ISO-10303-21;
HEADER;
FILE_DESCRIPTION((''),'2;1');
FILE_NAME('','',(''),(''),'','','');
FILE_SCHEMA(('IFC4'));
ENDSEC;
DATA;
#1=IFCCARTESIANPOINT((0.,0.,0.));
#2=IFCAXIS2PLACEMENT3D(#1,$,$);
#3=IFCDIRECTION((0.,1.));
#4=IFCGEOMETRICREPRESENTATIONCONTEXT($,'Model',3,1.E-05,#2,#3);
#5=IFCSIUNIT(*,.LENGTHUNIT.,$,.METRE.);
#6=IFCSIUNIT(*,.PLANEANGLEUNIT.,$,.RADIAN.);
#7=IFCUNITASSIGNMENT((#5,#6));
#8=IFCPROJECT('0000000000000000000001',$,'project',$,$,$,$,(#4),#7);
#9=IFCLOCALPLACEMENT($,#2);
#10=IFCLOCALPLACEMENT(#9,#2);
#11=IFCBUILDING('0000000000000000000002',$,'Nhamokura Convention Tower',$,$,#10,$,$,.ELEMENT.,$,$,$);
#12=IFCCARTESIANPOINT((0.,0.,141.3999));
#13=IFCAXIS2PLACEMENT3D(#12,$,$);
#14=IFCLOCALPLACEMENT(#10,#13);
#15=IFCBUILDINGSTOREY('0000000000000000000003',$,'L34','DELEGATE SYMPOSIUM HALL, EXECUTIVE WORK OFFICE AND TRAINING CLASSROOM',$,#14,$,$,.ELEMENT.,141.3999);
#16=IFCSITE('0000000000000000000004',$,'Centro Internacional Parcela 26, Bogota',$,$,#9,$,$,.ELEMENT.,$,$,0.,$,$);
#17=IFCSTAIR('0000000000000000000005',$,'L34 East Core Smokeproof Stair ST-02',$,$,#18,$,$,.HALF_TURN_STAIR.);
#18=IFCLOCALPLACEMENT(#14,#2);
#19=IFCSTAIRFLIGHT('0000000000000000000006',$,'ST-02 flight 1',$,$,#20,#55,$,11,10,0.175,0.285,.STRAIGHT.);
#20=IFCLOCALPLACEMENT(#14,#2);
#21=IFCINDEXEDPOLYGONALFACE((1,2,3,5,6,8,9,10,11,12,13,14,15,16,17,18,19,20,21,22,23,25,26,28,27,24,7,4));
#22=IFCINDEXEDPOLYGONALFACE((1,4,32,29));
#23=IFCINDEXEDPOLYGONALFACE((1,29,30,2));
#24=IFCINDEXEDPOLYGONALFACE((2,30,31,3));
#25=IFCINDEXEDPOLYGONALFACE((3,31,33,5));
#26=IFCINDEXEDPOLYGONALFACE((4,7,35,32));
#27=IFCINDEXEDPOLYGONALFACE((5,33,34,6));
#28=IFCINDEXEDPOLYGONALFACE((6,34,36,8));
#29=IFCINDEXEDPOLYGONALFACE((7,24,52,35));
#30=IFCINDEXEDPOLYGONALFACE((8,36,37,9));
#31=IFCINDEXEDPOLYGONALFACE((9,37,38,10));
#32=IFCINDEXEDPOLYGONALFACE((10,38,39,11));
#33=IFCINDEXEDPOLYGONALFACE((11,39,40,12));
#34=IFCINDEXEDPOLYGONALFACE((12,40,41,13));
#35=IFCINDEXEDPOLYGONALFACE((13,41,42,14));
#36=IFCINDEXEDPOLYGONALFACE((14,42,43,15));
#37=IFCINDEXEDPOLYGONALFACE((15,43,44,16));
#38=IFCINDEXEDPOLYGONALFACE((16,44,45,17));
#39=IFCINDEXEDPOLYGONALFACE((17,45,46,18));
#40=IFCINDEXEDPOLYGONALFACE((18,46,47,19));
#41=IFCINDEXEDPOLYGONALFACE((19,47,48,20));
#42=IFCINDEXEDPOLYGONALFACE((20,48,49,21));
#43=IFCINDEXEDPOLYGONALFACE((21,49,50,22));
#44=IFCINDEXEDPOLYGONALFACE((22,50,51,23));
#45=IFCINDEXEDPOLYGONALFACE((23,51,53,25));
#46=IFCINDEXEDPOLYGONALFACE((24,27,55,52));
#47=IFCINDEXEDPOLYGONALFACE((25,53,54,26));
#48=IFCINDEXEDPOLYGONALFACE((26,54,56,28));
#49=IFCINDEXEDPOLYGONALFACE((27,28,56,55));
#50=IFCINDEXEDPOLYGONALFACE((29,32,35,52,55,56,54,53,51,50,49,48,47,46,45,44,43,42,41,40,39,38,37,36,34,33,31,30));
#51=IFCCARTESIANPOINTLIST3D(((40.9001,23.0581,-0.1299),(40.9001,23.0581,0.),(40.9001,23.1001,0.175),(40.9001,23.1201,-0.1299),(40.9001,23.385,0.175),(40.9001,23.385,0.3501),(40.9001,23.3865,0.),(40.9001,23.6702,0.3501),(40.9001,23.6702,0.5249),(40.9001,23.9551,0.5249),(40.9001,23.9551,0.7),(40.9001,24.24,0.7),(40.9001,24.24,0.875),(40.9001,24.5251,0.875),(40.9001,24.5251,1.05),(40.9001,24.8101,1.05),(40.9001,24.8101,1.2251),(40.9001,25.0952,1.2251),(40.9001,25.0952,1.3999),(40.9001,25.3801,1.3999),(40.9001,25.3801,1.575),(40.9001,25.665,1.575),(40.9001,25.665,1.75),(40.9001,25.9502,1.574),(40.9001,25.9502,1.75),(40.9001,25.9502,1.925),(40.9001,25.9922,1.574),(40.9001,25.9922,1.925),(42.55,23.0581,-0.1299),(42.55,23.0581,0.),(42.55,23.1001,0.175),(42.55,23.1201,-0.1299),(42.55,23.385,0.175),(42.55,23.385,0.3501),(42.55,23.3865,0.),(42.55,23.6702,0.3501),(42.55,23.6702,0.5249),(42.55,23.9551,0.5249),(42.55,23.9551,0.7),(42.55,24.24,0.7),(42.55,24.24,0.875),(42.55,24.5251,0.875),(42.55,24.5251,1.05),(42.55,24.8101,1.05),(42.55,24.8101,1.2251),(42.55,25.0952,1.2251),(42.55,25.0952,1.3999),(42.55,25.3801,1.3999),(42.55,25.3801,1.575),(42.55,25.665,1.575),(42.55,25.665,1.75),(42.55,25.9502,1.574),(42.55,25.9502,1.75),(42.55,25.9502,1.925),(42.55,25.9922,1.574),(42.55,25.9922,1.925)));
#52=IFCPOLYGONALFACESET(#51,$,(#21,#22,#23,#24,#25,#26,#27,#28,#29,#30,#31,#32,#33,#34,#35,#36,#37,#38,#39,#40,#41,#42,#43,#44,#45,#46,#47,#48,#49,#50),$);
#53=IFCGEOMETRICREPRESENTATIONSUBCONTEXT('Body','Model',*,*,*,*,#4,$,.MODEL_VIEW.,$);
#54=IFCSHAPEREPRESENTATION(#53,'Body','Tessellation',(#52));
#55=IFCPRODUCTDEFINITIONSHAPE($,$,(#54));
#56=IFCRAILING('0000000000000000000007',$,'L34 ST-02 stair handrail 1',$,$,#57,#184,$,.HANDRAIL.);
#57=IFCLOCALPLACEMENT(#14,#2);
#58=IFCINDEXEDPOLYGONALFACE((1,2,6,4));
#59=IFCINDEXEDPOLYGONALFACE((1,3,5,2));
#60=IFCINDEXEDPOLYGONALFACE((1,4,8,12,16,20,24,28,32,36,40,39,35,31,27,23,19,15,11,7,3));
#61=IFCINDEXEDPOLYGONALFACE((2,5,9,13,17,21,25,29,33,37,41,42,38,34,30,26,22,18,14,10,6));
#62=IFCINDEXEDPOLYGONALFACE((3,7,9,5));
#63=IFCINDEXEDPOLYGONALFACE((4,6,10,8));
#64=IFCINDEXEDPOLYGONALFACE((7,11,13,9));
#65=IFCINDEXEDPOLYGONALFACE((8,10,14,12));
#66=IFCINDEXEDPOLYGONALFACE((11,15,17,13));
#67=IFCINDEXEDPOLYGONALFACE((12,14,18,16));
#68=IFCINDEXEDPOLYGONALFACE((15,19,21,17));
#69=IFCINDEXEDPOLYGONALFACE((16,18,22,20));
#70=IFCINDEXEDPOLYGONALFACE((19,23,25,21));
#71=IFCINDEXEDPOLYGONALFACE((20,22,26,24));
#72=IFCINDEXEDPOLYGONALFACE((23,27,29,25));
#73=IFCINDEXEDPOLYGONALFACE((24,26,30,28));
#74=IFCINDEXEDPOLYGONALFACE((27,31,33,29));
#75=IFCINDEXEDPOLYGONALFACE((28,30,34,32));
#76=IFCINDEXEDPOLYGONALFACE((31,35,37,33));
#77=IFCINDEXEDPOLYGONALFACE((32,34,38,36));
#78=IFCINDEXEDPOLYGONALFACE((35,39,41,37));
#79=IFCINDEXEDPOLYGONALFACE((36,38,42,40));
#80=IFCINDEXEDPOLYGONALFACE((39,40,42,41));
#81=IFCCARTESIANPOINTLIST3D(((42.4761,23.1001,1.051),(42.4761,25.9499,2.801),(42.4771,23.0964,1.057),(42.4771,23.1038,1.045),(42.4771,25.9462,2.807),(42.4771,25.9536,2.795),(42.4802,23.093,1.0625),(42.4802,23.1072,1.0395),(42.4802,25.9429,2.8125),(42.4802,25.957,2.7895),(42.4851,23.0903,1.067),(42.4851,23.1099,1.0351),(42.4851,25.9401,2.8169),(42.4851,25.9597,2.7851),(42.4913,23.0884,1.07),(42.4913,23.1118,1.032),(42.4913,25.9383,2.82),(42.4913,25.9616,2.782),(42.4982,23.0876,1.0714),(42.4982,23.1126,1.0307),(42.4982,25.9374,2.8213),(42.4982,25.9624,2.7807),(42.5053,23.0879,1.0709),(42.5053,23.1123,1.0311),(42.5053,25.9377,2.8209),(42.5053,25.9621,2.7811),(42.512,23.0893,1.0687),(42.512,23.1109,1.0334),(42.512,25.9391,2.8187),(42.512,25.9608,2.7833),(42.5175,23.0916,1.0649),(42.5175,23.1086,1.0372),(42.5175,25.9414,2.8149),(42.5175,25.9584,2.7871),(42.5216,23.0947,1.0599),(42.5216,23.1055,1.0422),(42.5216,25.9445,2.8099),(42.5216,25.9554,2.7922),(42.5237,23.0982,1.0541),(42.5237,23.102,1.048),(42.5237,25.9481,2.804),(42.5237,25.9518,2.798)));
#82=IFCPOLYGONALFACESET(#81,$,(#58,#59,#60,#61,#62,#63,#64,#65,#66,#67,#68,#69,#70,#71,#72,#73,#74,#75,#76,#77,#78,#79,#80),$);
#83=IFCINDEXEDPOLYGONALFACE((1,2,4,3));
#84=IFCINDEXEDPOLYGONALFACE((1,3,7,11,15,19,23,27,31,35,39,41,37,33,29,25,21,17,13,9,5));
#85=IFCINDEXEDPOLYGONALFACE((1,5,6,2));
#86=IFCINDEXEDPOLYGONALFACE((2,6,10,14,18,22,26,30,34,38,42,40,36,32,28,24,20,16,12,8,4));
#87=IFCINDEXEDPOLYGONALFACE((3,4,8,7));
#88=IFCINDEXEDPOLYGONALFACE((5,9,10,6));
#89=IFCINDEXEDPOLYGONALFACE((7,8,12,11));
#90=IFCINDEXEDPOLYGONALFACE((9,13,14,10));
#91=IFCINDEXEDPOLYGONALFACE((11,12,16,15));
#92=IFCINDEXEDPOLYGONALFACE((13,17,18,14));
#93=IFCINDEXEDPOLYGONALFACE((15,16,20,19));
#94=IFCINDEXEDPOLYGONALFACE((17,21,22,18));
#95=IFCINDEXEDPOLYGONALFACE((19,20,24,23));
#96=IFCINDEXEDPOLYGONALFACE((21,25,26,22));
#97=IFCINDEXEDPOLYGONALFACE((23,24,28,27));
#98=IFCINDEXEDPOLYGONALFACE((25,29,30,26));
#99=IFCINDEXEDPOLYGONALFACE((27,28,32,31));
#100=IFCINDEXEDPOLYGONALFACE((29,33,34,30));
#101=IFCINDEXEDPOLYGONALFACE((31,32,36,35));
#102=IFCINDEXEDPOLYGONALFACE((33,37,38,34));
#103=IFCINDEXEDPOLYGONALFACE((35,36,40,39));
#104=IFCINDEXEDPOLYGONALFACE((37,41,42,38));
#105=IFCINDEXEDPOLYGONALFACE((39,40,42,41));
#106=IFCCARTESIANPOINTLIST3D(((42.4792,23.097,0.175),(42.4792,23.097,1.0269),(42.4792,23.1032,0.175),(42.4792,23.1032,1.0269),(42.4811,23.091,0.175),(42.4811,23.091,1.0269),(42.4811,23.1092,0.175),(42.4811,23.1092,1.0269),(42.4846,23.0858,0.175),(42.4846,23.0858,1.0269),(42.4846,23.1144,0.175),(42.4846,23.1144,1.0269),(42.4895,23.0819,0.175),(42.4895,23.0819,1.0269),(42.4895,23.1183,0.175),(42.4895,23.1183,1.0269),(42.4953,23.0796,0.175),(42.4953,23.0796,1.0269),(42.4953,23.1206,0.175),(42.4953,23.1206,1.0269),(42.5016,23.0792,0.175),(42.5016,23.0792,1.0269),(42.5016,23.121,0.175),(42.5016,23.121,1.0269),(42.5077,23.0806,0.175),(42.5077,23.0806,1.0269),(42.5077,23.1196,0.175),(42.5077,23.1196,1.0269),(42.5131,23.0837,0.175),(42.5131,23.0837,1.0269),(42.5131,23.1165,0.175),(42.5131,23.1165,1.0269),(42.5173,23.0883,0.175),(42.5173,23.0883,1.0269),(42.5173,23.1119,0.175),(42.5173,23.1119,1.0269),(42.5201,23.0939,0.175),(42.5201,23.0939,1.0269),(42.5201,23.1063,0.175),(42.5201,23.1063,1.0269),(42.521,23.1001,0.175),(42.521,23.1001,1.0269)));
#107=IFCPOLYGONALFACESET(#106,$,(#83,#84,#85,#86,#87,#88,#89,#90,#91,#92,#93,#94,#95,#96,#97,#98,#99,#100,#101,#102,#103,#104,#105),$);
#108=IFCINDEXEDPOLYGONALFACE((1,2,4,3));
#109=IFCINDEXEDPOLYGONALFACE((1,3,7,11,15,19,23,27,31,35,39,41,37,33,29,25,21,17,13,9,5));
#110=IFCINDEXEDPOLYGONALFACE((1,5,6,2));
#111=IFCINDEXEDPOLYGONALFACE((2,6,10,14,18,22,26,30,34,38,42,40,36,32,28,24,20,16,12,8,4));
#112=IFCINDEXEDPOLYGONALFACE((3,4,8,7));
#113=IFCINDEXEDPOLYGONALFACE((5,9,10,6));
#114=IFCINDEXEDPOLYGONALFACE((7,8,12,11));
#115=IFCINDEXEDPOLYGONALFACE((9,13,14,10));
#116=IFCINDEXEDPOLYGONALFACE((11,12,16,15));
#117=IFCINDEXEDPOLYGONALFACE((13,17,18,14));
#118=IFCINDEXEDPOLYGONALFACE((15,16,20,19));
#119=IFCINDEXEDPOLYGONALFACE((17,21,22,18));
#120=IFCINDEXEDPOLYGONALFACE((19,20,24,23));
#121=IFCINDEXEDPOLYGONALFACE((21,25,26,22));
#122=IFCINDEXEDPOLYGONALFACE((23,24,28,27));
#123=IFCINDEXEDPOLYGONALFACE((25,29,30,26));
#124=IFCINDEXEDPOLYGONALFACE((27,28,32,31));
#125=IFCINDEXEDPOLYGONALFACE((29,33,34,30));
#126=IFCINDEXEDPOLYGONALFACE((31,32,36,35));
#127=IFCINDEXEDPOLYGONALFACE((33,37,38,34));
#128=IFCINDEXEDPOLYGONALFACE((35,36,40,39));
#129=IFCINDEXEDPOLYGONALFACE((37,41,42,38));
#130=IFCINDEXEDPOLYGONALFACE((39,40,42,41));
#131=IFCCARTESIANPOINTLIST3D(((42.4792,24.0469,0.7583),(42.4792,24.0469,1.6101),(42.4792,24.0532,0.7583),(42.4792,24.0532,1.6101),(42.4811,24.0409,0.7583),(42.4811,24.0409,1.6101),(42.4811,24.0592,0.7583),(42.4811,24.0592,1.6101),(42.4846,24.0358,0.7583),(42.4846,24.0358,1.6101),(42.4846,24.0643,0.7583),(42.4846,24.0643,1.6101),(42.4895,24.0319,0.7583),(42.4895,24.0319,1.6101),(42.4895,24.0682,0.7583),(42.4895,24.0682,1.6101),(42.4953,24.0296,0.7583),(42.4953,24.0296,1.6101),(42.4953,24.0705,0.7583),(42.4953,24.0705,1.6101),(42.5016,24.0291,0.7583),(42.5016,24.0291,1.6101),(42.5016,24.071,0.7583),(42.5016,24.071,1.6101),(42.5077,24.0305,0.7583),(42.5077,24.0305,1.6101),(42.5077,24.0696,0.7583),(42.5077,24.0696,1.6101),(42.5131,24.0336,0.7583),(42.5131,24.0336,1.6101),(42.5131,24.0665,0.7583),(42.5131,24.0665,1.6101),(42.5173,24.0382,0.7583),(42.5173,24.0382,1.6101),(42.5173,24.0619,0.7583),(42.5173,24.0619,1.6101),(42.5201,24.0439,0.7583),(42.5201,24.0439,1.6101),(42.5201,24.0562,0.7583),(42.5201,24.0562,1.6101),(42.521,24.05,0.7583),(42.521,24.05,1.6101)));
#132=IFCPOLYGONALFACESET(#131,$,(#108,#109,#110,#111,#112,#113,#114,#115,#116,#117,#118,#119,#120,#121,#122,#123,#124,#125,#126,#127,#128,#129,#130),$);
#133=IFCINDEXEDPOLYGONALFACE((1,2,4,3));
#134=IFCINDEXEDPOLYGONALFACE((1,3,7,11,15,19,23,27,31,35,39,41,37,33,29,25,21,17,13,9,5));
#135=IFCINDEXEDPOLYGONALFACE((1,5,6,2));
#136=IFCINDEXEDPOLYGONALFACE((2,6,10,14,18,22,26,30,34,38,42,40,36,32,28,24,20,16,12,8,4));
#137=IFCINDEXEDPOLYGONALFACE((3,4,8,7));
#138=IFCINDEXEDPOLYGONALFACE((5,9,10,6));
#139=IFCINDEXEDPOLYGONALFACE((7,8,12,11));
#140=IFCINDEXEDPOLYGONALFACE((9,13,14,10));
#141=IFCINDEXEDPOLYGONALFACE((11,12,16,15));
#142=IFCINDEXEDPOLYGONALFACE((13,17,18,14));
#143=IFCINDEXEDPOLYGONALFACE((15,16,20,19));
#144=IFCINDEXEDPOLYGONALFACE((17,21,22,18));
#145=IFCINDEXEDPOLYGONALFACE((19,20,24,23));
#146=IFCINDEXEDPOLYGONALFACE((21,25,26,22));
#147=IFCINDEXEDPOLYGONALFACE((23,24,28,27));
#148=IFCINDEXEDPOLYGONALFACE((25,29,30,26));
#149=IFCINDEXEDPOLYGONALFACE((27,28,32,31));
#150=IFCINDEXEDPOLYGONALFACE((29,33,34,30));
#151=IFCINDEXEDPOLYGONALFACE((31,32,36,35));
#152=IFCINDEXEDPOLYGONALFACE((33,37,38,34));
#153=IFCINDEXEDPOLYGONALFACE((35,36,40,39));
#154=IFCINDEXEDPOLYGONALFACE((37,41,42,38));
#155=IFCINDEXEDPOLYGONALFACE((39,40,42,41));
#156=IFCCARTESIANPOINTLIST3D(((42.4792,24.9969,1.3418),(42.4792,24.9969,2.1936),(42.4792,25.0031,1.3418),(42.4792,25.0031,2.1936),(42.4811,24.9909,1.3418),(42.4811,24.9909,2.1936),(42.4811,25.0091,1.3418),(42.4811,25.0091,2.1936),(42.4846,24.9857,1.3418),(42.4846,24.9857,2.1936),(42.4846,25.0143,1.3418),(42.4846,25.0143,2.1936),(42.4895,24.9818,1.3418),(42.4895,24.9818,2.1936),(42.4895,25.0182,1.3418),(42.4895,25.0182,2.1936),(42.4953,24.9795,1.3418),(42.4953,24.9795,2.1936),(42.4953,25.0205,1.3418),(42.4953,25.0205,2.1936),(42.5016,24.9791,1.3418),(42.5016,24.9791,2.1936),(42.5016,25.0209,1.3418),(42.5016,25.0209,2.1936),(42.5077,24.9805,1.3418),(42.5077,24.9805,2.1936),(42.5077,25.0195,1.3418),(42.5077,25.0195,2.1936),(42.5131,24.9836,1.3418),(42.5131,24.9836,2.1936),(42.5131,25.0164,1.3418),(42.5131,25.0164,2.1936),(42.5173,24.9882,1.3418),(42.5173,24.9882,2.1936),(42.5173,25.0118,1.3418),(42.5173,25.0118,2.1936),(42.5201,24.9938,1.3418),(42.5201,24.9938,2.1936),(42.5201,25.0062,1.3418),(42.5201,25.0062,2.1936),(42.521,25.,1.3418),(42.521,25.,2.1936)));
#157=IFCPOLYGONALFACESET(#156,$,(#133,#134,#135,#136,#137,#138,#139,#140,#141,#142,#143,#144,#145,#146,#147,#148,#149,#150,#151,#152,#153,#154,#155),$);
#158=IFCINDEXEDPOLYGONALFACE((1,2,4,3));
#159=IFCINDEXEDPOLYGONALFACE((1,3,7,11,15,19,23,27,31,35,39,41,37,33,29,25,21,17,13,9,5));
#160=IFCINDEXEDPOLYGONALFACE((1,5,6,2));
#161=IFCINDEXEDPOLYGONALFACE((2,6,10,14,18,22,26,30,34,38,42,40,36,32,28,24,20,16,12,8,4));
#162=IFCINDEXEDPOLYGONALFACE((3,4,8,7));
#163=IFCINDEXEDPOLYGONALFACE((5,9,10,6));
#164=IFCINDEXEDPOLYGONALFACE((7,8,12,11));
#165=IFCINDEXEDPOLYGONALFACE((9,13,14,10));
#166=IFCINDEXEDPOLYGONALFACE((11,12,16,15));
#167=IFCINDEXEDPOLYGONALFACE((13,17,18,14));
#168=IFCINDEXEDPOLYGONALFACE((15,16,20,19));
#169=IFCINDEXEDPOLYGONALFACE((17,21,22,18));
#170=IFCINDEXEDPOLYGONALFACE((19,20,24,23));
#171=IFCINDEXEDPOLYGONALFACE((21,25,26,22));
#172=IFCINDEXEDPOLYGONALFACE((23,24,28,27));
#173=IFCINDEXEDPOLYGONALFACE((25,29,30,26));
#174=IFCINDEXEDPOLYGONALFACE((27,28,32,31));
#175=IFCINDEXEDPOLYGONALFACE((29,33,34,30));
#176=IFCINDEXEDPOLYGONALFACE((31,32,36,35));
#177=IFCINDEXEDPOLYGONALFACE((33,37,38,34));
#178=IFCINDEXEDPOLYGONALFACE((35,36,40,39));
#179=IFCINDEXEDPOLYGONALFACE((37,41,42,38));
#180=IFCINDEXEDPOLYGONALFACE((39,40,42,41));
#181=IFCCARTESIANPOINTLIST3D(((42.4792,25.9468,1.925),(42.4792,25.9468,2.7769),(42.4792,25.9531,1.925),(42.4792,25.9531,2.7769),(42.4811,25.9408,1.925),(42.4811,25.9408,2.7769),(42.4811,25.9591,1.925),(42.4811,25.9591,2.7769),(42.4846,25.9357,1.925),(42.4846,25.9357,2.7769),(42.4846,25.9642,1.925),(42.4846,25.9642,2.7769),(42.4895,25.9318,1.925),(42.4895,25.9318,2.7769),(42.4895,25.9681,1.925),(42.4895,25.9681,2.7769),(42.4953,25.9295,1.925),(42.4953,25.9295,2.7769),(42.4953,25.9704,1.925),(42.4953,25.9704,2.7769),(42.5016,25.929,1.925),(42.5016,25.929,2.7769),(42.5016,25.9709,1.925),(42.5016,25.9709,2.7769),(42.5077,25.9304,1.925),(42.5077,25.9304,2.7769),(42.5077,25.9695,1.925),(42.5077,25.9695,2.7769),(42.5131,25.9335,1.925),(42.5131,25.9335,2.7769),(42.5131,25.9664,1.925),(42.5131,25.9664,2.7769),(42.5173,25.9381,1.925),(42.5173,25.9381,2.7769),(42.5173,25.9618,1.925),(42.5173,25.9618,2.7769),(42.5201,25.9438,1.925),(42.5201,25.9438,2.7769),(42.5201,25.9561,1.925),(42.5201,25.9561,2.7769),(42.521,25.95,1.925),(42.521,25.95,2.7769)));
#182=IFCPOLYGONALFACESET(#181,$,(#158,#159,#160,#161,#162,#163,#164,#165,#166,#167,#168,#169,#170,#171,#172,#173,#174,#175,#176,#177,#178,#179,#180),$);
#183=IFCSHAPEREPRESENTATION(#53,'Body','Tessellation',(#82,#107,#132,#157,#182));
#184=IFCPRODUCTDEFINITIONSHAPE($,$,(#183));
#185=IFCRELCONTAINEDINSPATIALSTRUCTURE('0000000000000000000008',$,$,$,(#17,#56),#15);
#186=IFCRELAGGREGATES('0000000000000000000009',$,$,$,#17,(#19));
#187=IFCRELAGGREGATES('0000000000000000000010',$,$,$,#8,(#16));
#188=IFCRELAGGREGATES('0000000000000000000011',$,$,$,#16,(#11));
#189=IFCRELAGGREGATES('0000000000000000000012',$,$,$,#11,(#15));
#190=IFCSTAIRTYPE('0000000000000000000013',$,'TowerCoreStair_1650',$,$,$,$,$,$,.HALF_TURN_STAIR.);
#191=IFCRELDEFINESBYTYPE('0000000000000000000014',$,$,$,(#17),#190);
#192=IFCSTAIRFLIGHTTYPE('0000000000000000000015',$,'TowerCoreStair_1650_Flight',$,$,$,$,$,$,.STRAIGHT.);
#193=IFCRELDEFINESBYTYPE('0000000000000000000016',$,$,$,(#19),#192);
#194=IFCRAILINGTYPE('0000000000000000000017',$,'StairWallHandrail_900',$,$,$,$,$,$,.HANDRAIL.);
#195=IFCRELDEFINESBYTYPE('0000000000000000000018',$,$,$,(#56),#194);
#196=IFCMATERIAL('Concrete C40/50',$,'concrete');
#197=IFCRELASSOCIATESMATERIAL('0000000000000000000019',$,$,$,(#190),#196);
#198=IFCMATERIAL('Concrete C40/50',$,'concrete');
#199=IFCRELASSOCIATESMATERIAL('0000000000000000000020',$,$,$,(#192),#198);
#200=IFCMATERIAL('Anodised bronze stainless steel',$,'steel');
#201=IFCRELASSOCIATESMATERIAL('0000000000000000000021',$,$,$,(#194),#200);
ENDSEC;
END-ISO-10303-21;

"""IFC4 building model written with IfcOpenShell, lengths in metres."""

from ifc_helpers import new_model, si_unit, direction, frame, origin, origin_2d, place, context, subcontext, project, spatial, polyline, circle, outline, extrude, material, type_object, element, aggregate, save


model = new_model("IFC4")

# Units and contexts
model_context = context("Model", 3, precision=1e-05, world=origin(), true_north=direction((0.0, 1.0)))
body_context = subcontext(model_context, "Body", "Model", "MODEL_VIEW")
ifc_project = project(units=[si_unit("LENGTHUNIT", "METRE"), si_unit("PLANEANGLEUNIT", "RADIAN")], contexts=[model_context])

# Site, building, storey
site_placement = place(None, origin())
site = spatial("IfcSite", under=ifc_project, at=site_placement, Name="Centro Internacional Parcela 26, Bogota", CompositionType="ELEMENT", RefElevation=0.0)
building_placement = place(site_placement, origin())
building = spatial("IfcBuilding", under=site, at=building_placement, Name="Nhamokura Convention Tower", CompositionType="ELEMENT")
storey_placement = place(building_placement, frame((0.0, 0.0, 141.3999)))
storey = spatial("IfcBuildingStorey", under=building, at=storey_placement, Name="L34", Description="DELEGATE SYMPOSIUM HALL, EXECUTIVE WORK OFFICE AND TRAINING CLASSROOM", CompositionType="ELEMENT", Elevation=141.3999)

# Stair, stair flight
ifc_material_1 = material(Name="Concrete C40/50", Category="concrete")
stair_type = type_object("IfcStairType", Name="TowerCoreStair_1650", PredefinedType="HALF_TURN_STAIR", material=ifc_material_1)
stair_placement = place(storey_placement, origin())
stair = element("IfcStair", 1, at=stair_placement, inside=storey, type_object=stair_type, Name="L34 East Core Smokeproof Stair ST-02", PredefinedType="HALF_TURN_STAIR")
ifc_material_2 = material(Name="Concrete C40/50", Category="concrete")
stair_flight_type = type_object("IfcStairFlightType", Name="TowerCoreStair_1650_Flight", PredefinedType="STRAIGHT", material=ifc_material_2)
stair_flight_placement = place(storey_placement, frame((41.7251, 23.1001, 0.0), z_axis=(0.0, 0.0, 1.0), x_axis=(0.0, 1.0, 0.0)))
stair_flight = element("IfcStairFlight", 2, at=stair_flight_placement, type_object=stair_flight_type, Name="ST-02 flight 1", NumberOfRisers=11, NumberOfTreads=10, PredefinedType="STRAIGHT", RiserHeight=0.175, TreadLength=0.285, context=body_context, shape_type="SweptSolid", body=[
    extrude(outline(polyline([(-0.042, 0.0), (0.0, 0.175), (0.2849, 0.175), (0.2849, 0.3501), (0.5701, 0.3501), (0.5701, 0.5249), (0.855, 0.5249), (0.855, 0.7), (1.1399, 0.7), (1.1399, 0.875), (1.425, 0.875), (1.425, 1.05), (1.71, 1.05), (1.71, 1.2251), (1.9951, 1.2251), (1.9951, 1.3999), (2.28, 1.3999), (2.28, 1.575), (2.5649, 1.575), (2.5649, 1.75), (2.8501, 1.75), (2.8501, 1.925), (2.8921, 1.925), (2.8921, 1.574), (2.8501, 1.574), (0.2864, 0.0), (0.02, -0.1299), (-0.042, -0.1299), (-0.042, 0.0)])), frame((0.0, 0.825, 0.0), z_axis=(0.0, -1.0, 0.0), x_axis=(1.0, 0.0, 0.0)), (0.0, 0.0, 1.0), 1.6499),
])
aggregate(stair, [stair_flight])

# Railing
ifc_material_3 = material(Name="Anodised bronze stainless steel", Category="steel")
railing_type_1 = type_object("IfcRailingType", Name="StairWallHandrail_900", PredefinedType="HANDRAIL", material=ifc_material_3)
railing_1_placement = place(storey_placement, frame((42.5, 23.1001, 0.175)))
element("IfcRailing", 3, at=railing_1_placement, inside=storey, type_object=railing_type_1, Name="L34 ST-02 stair handrail 1", PredefinedType="HANDRAIL", context=body_context, shape_type="SweptSolid", body=[
    extrude(circle(Radius=0.0239, at=origin_2d()), frame((0.0, 0.0, 0.876), z_axis=(0.0, 0.852159, 0.523283), x_axis=(-1.0, 0.0, 0.0)), (0.0, 0.0, 1.0), 3.3442),
    extrude(circle(Radius=0.021, at=origin_2d()), origin(), (0.0, 0.0, 1.0), 0.8518),
    extrude(circle(Radius=0.021, at=origin_2d()), frame((0.0, 0.95, 0.5833)), (0.0, 0.0, 1.0), 0.8518),
    extrude(circle(Radius=0.021, at=origin_2d()), frame((0.0, 1.8999, 1.1667)), (0.0, 0.0, 1.0), 0.8518),
    extrude(circle(Radius=0.021, at=origin_2d()), frame((0.0, 2.8499, 1.75)), (0.0, 0.0, 1.0), 0.8518),
])

save(model, "model.ifc")
